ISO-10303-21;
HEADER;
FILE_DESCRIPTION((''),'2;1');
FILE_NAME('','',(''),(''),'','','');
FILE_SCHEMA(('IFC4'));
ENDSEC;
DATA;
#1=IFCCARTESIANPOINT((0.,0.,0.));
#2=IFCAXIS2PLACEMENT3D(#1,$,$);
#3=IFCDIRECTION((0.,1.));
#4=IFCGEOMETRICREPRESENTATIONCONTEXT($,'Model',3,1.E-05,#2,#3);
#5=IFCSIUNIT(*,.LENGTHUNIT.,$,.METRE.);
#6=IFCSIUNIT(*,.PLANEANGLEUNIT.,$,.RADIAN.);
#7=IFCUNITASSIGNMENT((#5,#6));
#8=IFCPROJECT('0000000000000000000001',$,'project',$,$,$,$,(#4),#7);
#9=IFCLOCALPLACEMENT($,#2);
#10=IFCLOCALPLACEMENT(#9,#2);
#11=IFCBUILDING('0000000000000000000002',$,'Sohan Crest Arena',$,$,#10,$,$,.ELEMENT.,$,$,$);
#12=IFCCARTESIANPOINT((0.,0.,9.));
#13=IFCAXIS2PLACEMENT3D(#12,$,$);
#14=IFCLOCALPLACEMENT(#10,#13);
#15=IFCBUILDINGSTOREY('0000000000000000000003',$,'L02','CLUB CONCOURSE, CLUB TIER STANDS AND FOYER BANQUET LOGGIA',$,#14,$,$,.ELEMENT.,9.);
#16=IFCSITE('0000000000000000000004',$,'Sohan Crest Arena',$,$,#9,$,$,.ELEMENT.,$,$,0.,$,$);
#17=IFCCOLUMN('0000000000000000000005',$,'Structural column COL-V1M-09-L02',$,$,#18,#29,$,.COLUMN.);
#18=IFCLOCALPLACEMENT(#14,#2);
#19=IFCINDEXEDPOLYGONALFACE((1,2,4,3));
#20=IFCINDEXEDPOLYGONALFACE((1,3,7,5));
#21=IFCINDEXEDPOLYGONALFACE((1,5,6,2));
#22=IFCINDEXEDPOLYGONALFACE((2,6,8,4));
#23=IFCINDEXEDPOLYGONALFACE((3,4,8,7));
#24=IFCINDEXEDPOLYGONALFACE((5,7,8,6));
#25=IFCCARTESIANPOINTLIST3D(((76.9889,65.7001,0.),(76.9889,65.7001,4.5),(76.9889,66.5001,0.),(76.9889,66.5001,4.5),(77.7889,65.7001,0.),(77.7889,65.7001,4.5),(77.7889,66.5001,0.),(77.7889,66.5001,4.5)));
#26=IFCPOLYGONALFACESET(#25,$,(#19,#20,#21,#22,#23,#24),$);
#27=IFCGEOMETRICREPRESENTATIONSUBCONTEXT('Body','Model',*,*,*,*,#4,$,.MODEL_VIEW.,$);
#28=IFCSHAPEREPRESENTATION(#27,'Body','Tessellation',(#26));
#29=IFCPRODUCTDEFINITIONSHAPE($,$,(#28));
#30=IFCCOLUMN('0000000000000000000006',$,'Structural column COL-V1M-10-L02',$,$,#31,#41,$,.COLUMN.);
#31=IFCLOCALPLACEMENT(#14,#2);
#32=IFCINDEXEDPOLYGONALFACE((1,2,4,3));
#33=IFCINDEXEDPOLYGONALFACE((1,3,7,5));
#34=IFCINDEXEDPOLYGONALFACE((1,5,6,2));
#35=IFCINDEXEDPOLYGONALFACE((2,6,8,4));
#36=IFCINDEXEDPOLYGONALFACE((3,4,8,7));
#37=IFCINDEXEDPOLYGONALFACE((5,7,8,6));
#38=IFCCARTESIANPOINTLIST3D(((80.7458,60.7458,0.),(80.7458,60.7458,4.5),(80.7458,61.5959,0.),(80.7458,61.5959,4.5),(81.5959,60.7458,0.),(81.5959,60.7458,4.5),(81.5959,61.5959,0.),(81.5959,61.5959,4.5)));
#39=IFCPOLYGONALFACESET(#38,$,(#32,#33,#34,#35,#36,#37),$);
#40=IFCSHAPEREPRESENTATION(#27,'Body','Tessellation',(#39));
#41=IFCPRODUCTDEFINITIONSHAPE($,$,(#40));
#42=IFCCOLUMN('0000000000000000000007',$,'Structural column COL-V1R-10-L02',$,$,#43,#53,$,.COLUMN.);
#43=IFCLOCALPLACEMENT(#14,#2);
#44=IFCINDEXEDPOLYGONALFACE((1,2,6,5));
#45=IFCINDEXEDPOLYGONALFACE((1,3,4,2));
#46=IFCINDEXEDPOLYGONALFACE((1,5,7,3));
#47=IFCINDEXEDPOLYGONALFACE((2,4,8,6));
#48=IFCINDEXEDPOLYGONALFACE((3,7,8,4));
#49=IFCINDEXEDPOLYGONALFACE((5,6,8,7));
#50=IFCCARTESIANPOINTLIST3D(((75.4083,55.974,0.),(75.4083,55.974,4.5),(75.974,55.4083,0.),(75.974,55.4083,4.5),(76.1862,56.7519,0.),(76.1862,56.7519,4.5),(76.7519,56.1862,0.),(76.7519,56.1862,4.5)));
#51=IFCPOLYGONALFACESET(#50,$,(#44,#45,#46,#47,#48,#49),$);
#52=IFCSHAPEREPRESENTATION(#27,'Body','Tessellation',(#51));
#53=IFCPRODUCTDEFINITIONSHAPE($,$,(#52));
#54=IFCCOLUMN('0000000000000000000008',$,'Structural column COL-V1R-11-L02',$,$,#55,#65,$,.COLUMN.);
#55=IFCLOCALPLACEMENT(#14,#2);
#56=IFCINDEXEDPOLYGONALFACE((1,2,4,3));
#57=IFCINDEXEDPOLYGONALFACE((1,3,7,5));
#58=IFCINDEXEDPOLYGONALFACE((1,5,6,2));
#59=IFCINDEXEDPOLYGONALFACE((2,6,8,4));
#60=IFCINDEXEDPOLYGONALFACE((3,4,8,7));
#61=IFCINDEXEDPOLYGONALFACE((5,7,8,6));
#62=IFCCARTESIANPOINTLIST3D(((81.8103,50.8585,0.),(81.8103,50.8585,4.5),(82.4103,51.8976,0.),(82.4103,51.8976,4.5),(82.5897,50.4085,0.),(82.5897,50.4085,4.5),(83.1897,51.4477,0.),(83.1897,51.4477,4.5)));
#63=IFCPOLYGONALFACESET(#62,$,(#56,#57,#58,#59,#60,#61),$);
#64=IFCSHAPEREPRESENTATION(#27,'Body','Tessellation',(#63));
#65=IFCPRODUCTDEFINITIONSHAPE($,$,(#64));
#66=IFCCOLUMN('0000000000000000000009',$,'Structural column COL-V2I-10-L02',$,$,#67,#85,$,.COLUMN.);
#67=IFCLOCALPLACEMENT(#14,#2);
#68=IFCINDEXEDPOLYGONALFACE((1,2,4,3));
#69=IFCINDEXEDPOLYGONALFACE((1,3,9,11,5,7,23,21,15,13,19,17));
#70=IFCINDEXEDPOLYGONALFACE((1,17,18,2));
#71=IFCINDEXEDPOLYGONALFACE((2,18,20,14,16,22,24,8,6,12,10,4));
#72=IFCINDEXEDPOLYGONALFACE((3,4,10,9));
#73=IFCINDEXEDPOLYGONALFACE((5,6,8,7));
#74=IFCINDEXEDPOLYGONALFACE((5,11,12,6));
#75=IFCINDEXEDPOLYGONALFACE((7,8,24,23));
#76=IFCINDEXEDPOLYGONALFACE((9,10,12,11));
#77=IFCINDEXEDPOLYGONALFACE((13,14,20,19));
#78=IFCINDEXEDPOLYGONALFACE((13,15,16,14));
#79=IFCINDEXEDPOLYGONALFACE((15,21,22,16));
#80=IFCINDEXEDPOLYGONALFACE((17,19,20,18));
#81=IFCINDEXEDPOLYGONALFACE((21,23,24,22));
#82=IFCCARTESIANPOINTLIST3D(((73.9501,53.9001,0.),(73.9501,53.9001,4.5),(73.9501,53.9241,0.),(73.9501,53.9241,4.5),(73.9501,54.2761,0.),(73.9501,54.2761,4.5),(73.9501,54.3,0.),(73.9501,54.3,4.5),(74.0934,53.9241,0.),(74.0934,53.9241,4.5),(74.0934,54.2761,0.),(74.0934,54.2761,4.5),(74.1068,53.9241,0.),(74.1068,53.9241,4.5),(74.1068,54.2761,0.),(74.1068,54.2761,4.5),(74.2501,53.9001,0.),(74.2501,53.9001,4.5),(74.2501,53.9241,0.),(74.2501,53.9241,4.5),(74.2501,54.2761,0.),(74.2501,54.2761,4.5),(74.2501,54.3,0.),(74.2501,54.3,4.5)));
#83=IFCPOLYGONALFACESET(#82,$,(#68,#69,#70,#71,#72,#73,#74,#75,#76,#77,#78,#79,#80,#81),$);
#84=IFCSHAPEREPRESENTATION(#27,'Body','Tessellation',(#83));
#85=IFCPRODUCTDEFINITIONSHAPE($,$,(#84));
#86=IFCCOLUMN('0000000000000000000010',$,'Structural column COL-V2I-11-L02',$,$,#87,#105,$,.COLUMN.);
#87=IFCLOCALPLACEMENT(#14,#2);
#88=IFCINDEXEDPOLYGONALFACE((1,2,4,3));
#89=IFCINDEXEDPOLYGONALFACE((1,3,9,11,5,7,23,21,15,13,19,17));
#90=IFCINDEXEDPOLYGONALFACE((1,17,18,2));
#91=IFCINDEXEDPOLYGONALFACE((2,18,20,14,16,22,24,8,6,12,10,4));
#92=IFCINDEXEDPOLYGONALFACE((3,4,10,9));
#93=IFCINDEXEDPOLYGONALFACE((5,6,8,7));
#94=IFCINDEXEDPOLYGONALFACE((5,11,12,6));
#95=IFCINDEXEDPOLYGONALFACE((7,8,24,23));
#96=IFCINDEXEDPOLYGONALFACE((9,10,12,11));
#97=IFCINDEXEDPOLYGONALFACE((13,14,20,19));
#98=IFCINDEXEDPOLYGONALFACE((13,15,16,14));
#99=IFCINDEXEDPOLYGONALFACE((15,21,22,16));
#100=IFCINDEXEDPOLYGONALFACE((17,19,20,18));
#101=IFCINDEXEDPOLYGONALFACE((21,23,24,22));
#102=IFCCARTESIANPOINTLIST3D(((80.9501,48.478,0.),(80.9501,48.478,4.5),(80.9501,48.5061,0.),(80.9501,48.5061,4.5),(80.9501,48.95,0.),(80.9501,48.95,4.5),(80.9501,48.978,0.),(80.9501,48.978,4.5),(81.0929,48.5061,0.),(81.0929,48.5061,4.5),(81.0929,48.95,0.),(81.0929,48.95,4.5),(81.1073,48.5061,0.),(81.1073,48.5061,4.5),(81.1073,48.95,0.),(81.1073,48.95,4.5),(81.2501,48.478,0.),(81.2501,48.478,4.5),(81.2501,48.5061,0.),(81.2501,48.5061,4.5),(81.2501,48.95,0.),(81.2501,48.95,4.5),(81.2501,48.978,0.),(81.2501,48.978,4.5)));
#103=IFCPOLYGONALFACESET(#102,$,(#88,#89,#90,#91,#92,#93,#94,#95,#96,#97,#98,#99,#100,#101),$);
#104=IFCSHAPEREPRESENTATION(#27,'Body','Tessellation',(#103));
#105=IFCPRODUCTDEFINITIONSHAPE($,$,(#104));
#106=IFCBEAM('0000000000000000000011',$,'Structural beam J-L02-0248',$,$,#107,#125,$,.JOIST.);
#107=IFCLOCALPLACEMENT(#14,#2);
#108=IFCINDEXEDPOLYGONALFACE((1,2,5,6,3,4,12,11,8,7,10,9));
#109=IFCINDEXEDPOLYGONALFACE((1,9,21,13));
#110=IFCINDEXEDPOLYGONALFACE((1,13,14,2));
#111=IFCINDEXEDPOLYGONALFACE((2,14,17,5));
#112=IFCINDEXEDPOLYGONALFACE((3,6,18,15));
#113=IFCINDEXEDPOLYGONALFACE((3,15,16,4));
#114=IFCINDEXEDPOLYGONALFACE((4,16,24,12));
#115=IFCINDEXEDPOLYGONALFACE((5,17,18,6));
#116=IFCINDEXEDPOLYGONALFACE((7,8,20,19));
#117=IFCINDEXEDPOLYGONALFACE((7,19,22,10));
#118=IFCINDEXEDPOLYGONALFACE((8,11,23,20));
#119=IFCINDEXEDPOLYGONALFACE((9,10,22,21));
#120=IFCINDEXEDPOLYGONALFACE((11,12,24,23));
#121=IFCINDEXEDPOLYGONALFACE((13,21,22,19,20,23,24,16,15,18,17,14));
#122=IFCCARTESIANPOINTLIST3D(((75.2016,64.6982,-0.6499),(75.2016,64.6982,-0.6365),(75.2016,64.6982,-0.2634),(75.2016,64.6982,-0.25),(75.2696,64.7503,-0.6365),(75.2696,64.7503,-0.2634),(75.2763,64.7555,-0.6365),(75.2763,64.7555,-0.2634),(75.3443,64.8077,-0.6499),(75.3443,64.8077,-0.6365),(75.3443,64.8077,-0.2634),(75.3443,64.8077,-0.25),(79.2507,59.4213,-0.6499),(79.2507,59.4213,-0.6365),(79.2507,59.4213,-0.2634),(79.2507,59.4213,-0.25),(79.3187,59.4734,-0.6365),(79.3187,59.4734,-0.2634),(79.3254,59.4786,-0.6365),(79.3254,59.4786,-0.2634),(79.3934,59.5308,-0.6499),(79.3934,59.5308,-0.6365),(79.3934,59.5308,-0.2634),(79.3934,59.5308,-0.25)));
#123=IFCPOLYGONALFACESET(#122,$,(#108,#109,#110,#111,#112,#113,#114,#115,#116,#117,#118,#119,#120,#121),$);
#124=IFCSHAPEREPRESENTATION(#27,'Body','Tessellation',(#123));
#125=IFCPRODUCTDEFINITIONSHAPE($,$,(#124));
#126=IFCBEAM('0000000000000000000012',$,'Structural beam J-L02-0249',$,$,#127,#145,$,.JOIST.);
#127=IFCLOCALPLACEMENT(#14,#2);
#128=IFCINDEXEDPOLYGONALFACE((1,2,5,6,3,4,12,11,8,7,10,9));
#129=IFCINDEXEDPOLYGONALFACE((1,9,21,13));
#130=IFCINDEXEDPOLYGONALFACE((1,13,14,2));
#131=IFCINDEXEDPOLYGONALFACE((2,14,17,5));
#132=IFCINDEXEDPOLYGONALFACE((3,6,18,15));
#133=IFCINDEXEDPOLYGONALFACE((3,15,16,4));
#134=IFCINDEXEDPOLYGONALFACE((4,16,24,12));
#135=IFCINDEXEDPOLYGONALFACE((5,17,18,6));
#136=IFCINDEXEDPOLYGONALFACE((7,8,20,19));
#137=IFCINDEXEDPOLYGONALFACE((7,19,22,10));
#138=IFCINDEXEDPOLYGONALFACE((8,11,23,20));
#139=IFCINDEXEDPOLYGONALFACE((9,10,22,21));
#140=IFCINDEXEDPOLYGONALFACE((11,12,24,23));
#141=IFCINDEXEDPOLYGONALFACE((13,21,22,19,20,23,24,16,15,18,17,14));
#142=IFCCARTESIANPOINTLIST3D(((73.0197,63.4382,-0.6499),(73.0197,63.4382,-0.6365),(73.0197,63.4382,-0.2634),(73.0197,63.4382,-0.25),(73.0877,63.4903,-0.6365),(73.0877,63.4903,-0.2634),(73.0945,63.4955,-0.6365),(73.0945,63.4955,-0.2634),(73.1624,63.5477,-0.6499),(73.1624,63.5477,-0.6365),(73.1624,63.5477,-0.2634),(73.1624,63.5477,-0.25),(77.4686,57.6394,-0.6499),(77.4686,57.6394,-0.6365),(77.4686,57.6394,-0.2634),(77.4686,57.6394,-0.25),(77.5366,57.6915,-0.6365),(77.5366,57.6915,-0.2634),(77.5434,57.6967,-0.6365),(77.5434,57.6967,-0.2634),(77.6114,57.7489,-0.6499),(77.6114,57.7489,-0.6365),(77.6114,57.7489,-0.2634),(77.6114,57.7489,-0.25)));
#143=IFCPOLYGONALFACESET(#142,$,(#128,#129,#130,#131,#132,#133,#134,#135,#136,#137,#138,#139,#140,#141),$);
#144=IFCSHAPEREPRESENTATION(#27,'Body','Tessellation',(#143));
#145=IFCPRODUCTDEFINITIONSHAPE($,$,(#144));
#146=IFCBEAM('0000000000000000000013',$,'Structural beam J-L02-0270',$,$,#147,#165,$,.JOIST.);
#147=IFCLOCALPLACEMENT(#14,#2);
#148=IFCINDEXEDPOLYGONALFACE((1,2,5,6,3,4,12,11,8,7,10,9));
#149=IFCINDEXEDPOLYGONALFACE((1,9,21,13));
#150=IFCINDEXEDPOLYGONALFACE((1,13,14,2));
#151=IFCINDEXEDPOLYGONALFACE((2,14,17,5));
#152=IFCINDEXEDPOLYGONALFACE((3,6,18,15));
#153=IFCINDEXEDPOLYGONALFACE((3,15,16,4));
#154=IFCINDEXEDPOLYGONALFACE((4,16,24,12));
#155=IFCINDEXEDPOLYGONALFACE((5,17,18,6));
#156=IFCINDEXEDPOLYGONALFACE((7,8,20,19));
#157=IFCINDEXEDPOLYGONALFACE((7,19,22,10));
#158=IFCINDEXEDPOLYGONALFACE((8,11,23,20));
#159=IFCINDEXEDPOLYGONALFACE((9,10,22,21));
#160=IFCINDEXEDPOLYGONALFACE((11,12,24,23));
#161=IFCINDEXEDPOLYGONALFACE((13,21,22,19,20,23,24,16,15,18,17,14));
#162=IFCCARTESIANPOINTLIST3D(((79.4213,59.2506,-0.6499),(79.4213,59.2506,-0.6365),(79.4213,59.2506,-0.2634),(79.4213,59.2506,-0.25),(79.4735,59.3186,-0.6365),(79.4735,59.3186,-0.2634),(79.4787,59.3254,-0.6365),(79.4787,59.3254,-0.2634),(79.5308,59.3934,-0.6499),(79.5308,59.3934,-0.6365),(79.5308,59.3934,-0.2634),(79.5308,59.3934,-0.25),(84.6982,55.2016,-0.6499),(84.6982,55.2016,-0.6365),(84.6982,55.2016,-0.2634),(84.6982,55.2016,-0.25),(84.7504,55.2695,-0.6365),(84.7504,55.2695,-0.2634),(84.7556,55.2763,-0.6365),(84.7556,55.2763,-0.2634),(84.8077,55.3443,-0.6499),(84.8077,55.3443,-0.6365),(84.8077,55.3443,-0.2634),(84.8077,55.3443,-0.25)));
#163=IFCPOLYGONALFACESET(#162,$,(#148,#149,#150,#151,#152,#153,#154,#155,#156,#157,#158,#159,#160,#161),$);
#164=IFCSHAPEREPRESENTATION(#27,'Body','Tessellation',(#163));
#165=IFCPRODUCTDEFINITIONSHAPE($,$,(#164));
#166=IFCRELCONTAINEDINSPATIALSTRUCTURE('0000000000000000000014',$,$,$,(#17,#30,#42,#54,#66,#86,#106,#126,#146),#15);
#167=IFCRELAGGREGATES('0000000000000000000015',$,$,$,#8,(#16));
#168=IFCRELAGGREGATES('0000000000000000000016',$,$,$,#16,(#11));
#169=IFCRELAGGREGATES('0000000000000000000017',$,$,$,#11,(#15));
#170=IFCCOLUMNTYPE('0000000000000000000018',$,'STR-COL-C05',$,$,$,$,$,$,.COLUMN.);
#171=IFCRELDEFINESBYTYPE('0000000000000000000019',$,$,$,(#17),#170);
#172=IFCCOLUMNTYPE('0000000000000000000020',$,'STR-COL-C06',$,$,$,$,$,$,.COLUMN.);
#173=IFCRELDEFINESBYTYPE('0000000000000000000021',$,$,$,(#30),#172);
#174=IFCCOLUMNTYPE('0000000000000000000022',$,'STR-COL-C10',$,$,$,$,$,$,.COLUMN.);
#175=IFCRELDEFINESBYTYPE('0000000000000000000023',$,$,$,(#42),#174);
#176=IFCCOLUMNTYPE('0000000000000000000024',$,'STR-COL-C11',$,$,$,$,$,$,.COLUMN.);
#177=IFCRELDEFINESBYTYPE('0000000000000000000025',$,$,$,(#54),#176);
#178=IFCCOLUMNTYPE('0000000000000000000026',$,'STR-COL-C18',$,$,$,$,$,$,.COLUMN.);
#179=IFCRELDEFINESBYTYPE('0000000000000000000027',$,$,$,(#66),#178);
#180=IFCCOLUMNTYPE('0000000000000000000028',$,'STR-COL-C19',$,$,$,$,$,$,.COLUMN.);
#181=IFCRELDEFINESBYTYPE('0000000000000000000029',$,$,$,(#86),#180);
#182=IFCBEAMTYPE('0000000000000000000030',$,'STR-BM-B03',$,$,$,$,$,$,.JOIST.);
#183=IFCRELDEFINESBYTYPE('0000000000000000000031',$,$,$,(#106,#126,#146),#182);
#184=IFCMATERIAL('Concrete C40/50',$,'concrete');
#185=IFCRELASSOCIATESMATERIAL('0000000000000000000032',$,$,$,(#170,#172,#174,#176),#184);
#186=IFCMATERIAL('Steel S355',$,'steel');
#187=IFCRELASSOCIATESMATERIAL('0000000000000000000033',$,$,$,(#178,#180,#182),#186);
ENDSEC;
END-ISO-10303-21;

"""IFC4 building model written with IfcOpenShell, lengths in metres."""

from ifc_helpers import new_model, si_unit, direction, frame, origin, origin_2d, place, context, subcontext, project, spatial, rectangle, i_section, extrude, material, material_profile, profile_set, type_object, element, save


model = new_model("IFC4")

# Units and contexts
model_context = context("Model", 3, precision=1e-05, world=origin(), true_north=direction((0.0, 1.0)))
body_context = subcontext(model_context, "Body", "Model", "MODEL_VIEW")
ifc_project = project(units=[si_unit("LENGTHUNIT", "METRE"), si_unit("PLANEANGLEUNIT", "RADIAN")], contexts=[model_context])

# Site, building, storey
site_placement = place(None, origin())
site = spatial("IfcSite", under=ifc_project, at=site_placement, Name="Sohan Crest Arena", CompositionType="ELEMENT", RefElevation=0.0)
building_placement = place(site_placement, origin())
building = spatial("IfcBuilding", under=site, at=building_placement, Name="Sohan Crest Arena", CompositionType="ELEMENT")
storey_placement = place(building_placement, frame((0.0, 0.0, 9.0)))
storey = spatial("IfcBuildingStorey", under=building, at=storey_placement, Name="L02", Description="CLUB CONCOURSE, CLUB TIER STANDS AND FOYER BANQUET LOGGIA", CompositionType="ELEMENT", Elevation=9.0)

# Columns
ifc_material_1 = material(Name="Concrete C40/50", Category="concrete")
ifc_material_profile_1 = material_profile(ifc_material_1, rectangle(XDim=0.8, YDim=0.8, at=origin_2d()), Name="RC 800x800")
ifc_profile_set_1 = profile_set([ifc_material_profile_1], Name="Concrete C40/50")
column_type_1 = type_object("IfcColumnType", Name="STR-COL-C05", PredefinedType="COLUMN", material=ifc_profile_set_1)
column_1_placement = place(storey_placement, frame((77.3889, 66.1001, 0.0), z_axis=(0.0, 0.0, 1.0), x_axis=(1.0, 0.0, 0.0)))
element("IfcColumn", 1, at=column_1_placement, inside=storey, type_object=column_type_1, Name="Structural column COL-V1M-09-L02", PredefinedType="COLUMN", context=body_context, shape_type="SweptSolid", body=[
    extrude(rectangle(XDim=0.8, YDim=0.8, at=origin_2d()), origin(), (0.0, 0.0, 1.0), 4.5),
])
ifc_material_profile_2 = material_profile(ifc_material_1, rectangle(XDim=0.8501, YDim=0.8501, at=origin_2d()), Name="RC 850x850")
ifc_profile_set_2 = profile_set([ifc_material_profile_2], Name="Concrete C40/50")
column_type_2 = type_object("IfcColumnType", Name="STR-COL-C06", PredefinedType="COLUMN", material=ifc_profile_set_2)
column_2_placement = place(storey_placement, frame((81.1709, 61.1709, 0.0), z_axis=(0.0, 0.0, 1.0), x_axis=(1.0, 0.0, 0.0)))
element("IfcColumn", 2, at=column_2_placement, inside=storey, type_object=column_type_2, Name="Structural column COL-V1M-10-L02", PredefinedType="COLUMN", context=body_context, shape_type="SweptSolid", body=[
    extrude(rectangle(XDim=0.8501, YDim=0.8501, at=origin_2d()), origin(), (0.0, 0.0, 1.0), 4.5),
])
ifc_material_profile_3 = material_profile(ifc_material_1, rectangle(XDim=1.1001, YDim=0.8, at=origin_2d()), Name="RC 1100x800")
ifc_profile_set_3 = profile_set([ifc_material_profile_3], Name="Concrete C40/50")
column_type_3 = type_object("IfcColumnType", Name="STR-COL-C10", PredefinedType="COLUMN", material=ifc_profile_set_3)
column_3_placement = place(storey_placement, frame((76.0801, 56.0801, 0.0), z_axis=(0.0, 0.0, 1.0), x_axis=(0.707107, 0.707107, 0.0)))
element("IfcColumn", 3, at=column_3_placement, inside=storey, type_object=column_type_3, Name="Structural column COL-V1R-10-L02", PredefinedType="COLUMN", context=body_context, shape_type="SweptSolid", body=[
    extrude(rectangle(XDim=1.1001, YDim=0.8, at=origin_2d()), origin(), (0.0, 0.0, 1.0), 4.5),
])
ifc_material_profile_4 = material_profile(ifc_material_1, rectangle(XDim=1.2, YDim=0.8999, at=origin_2d()), Name="RC 1200x900")
ifc_profile_set_4 = profile_set([ifc_material_profile_4], Name="Concrete C40/50")
column_type_4 = type_object("IfcColumnType", Name="STR-COL-C11", PredefinedType="COLUMN", material=ifc_profile_set_4)
column_4_placement = place(storey_placement, frame((82.5, 51.1531, 0.0), z_axis=(0.0, 0.0, 1.0), x_axis=(0.5, 0.866025, 0.0)))
element("IfcColumn", 4, at=column_4_placement, inside=storey, type_object=column_type_4, Name="Structural column COL-V1R-11-L02", PredefinedType="COLUMN", context=body_context, shape_type="SweptSolid", body=[
    extrude(rectangle(XDim=1.2, YDim=0.8999, at=origin_2d()), origin(), (0.0, 0.0, 1.0), 4.5),
])
ifc_material_2 = material(Name="Steel S355", Category="steel")
ifc_material_profile_5 = material_profile(ifc_material_2, i_section(OverallWidth=0.3, OverallDepth=0.3999, WebThickness=0.0134, FlangeThickness=0.0239, at=origin_2d()), Name="HEB 400")
ifc_profile_set_5 = profile_set([ifc_material_profile_5], Name="Steel S355")
column_type_5 = type_object("IfcColumnType", Name="STR-COL-C18", PredefinedType="COLUMN", material=ifc_profile_set_5)
column_5_placement = place(storey_placement, frame((74.1001, 54.1001, 0.0), z_axis=(0.0, 0.0, 1.0), x_axis=(1.0, 0.0, 0.0)))
element("IfcColumn", 5, at=column_5_placement, inside=storey, type_object=column_type_5, Name="Structural column COL-V2I-10-L02", PredefinedType="COLUMN", context=body_context, shape_type="SweptSolid", body=[
    extrude(i_section(OverallWidth=0.3, OverallDepth=0.3999, WebThickness=0.0134, FlangeThickness=0.0239, at=origin_2d()), origin(), (0.0, 0.0, 1.0), 4.5),
])
ifc_material_profile_6 = material_profile(ifc_material_2, i_section(OverallWidth=0.3, OverallDepth=0.5, WebThickness=0.0144, FlangeThickness=0.0281, at=origin_2d()), Name="HEB 500")
ifc_profile_set_6 = profile_set([ifc_material_profile_6], Name="Steel S355")
column_type_6 = type_object("IfcColumnType", Name="STR-COL-C19", PredefinedType="COLUMN", material=ifc_profile_set_6)
column_6_placement = place(storey_placement, frame((81.1001, 48.728, 0.0), z_axis=(0.0, 0.0, 1.0), x_axis=(1.0, 0.0, 0.0)))
element("IfcColumn", 6, at=column_6_placement, inside=storey, type_object=column_type_6, Name="Structural column COL-V2I-11-L02", PredefinedType="COLUMN", context=body_context, shape_type="SweptSolid", body=[
    extrude(i_section(OverallWidth=0.3, OverallDepth=0.5, WebThickness=0.0144, FlangeThickness=0.0281, at=origin_2d()), origin(), (0.0, 0.0, 1.0), 4.5),
])

# Beams
ifc_material_profile_7 = material_profile(ifc_material_2, i_section(OverallWidth=0.1799, OverallDepth=0.3999, WebThickness=0.0085, FlangeThickness=0.0134, at=origin_2d()), Name="IPE 400")
ifc_profile_set_7 = profile_set([ifc_material_profile_7], Name="Steel S355")
beam_type_1 = type_object("IfcBeamType", Name="STR-BM-B03", PredefinedType="JOIST", material=ifc_profile_set_7)
beam_1_placement = place(storey_placement, frame((75.2729, 64.7529, -0.45), z_axis=(0.608761, -0.793353, 0.0), x_axis=(0.793353, 0.608761, 0.0)))
element("IfcBeam", 7, at=beam_1_placement, inside=storey, type_object=beam_type_1, Name="Structural beam J-L02-0248", PredefinedType="JOIST", context=body_context, shape_type="SweptSolid", body=[
    extrude(i_section(OverallWidth=0.1799, OverallDepth=0.3999, WebThickness=0.0085, FlangeThickness=0.0134, at=origin_2d()), origin(), (0.0, 0.0, 1.0), 6.6514),
])
beam_2_placement = place(storey_placement, frame((73.0911, 63.4929, -0.45), z_axis=(0.608708, -0.793394, 0.0), x_axis=(0.793394, 0.608708, 0.0)))
element("IfcBeam", 8, at=beam_2_placement, inside=storey, type_object=beam_type_1, Name="Structural beam J-L02-0249", PredefinedType="JOIST", context=body_context, shape_type="SweptSolid", body=[
    extrude(i_section(OverallWidth=0.1799, OverallDepth=0.3999, WebThickness=0.0085, FlangeThickness=0.0134, at=origin_2d()), origin(), (0.0, 0.0, 1.0), 7.3088),
])
beam_3_placement = place(storey_placement, frame((79.4761, 59.322, -0.45), z_axis=(0.793353, -0.608761, 0.0), x_axis=(0.608761, 0.793353, 0.0)))
element("IfcBeam", 9, at=beam_3_placement, inside=storey, type_object=beam_type_1, Name="Structural beam J-L02-0270", PredefinedType="JOIST", context=body_context, shape_type="SweptSolid", body=[
    extrude(i_section(OverallWidth=0.1799, OverallDepth=0.3999, WebThickness=0.0085, FlangeThickness=0.0134, at=origin_2d()), origin(), (0.0, 0.0, 1.0), 6.6514),
])

save(model, "model.ifc")
